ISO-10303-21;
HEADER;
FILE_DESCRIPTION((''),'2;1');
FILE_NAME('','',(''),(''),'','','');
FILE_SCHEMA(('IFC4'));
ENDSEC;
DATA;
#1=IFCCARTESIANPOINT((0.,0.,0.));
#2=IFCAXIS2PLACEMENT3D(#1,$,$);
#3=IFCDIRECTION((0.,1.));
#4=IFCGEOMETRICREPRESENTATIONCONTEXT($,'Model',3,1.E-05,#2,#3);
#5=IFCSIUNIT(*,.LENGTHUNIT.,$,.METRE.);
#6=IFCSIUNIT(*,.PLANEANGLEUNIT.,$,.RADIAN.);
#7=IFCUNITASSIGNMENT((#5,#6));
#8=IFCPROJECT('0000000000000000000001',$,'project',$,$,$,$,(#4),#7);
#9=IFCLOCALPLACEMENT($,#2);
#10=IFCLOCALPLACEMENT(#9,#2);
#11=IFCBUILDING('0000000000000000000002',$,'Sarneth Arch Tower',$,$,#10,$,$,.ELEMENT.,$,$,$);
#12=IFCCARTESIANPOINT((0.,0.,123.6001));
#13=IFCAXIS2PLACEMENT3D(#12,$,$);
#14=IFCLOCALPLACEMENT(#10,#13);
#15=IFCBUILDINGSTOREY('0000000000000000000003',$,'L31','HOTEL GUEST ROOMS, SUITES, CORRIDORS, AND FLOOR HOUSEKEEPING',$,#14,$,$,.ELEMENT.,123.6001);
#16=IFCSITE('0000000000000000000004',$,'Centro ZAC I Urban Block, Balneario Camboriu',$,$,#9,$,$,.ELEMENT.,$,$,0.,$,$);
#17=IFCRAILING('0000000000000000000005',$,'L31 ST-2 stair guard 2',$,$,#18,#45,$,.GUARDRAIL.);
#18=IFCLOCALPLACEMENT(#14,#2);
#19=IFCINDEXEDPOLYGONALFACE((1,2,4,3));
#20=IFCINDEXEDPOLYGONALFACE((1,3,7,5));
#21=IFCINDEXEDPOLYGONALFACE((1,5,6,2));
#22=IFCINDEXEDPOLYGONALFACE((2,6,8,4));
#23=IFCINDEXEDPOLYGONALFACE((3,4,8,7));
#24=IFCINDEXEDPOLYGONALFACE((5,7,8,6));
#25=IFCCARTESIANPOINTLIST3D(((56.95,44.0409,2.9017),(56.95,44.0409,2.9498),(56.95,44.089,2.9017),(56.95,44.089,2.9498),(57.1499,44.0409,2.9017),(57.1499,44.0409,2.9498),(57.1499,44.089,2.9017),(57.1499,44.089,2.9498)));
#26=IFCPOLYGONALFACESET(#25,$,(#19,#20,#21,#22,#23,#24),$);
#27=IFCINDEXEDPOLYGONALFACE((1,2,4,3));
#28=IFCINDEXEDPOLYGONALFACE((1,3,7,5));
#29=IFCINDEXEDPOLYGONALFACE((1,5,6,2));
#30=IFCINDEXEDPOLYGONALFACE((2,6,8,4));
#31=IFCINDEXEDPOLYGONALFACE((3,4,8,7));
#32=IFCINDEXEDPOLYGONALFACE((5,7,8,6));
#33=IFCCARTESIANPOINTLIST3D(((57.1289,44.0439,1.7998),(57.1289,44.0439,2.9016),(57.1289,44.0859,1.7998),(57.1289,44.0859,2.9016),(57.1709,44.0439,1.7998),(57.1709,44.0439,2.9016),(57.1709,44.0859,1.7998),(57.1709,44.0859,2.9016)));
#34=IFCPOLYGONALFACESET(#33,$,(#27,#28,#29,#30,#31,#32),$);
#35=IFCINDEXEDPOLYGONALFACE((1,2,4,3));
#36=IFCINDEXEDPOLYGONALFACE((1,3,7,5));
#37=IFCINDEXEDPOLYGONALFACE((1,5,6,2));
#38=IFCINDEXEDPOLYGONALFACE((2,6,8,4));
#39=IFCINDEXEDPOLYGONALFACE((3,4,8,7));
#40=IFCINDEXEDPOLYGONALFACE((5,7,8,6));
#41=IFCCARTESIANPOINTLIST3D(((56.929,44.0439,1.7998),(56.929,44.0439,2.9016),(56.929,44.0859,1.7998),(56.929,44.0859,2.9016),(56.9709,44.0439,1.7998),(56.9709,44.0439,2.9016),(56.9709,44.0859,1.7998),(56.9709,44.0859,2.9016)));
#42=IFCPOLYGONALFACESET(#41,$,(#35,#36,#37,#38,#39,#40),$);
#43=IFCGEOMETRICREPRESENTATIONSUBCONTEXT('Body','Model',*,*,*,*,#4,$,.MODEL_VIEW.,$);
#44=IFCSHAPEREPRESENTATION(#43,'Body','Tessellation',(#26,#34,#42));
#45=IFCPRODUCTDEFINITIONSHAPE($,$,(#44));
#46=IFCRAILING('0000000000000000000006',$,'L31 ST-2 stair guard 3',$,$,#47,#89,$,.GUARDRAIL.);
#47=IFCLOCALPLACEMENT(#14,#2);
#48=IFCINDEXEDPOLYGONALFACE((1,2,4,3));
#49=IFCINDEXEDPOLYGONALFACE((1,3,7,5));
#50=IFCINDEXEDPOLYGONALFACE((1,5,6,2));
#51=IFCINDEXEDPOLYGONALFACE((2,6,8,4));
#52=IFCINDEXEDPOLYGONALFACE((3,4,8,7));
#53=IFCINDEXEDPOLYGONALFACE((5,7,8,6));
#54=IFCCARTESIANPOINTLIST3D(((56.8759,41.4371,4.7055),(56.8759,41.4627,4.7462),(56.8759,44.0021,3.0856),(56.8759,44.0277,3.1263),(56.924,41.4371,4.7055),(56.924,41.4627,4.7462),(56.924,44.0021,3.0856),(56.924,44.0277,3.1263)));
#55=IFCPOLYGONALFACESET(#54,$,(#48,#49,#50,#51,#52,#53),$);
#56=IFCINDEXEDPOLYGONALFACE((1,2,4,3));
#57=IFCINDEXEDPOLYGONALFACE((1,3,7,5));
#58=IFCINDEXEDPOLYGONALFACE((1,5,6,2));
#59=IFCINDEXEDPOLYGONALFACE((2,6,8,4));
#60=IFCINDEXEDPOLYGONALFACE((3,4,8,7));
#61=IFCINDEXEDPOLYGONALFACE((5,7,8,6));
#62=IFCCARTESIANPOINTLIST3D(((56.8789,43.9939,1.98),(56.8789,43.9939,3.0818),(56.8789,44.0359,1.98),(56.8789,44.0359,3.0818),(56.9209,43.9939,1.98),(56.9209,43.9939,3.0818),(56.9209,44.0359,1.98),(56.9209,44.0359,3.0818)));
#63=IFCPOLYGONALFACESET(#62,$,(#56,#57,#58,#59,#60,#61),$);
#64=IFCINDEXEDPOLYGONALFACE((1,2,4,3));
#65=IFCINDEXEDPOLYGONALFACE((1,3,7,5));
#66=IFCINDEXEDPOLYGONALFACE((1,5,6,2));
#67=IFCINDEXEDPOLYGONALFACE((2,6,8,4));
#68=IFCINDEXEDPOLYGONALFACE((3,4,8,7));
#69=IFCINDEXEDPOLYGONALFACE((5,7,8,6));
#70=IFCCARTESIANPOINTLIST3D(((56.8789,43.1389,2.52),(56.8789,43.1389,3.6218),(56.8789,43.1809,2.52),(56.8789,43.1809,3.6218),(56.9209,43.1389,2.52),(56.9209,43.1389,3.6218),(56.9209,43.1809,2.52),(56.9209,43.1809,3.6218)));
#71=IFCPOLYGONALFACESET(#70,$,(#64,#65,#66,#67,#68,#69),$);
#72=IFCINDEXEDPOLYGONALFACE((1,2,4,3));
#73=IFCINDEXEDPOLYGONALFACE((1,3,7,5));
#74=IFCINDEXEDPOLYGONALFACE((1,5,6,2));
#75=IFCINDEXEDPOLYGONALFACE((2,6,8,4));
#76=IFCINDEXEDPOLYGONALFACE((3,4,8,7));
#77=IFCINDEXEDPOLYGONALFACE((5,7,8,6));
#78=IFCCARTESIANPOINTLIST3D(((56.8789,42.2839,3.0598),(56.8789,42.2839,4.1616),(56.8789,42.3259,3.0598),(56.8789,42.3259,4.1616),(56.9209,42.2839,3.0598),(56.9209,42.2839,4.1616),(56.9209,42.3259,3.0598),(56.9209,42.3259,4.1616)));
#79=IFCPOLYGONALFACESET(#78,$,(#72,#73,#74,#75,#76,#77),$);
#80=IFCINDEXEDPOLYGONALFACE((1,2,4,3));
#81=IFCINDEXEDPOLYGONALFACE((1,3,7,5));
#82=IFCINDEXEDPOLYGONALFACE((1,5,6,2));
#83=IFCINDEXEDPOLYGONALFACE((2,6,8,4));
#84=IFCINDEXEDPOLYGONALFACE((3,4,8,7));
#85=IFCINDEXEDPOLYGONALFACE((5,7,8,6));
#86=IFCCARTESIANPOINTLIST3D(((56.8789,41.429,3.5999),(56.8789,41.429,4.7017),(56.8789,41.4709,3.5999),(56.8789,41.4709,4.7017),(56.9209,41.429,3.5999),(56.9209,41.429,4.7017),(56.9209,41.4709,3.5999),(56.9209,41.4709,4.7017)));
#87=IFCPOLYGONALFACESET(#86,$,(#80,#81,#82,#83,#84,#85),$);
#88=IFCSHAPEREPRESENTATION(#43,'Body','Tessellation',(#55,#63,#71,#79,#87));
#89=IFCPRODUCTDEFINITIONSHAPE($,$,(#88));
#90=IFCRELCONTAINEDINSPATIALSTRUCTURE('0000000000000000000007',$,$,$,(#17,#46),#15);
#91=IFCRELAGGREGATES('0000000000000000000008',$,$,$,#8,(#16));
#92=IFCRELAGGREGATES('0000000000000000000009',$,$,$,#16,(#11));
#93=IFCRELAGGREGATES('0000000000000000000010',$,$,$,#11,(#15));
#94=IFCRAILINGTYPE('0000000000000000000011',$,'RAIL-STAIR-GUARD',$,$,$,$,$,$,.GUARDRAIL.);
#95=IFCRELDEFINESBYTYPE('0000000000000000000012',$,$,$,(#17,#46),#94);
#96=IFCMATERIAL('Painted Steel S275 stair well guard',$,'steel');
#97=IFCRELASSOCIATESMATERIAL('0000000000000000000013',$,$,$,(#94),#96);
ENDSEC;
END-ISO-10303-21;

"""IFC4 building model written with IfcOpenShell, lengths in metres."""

from ifc_helpers import new_model, si_unit, direction, frame, origin, origin_2d, place, context, subcontext, project, spatial, rectangle, extrude, material, type_object, element, save


model = new_model("IFC4")

# Units and contexts
model_context = context("Model", 3, precision=1e-05, world=origin(), true_north=direction((0.0, 1.0)))
body_context = subcontext(model_context, "Body", "Model", "MODEL_VIEW")
ifc_project = project(units=[si_unit("LENGTHUNIT", "METRE"), si_unit("PLANEANGLEUNIT", "RADIAN")], contexts=[model_context])

# Site, building, storey
site_placement = place(None, origin())
site = spatial("IfcSite", under=ifc_project, at=site_placement, Name="Centro ZAC I Urban Block, Balneario Camboriu", CompositionType="ELEMENT", RefElevation=0.0)
building_placement = place(site_placement, origin())
building = spatial("IfcBuilding", under=site, at=building_placement, Name="Sarneth Arch Tower", CompositionType="ELEMENT")
storey_placement = place(building_placement, frame((0.0, 0.0, 123.6001)))
storey = spatial("IfcBuildingStorey", under=building, at=storey_placement, Name="L31", Description="HOTEL GUEST ROOMS, SUITES, CORRIDORS, AND FLOOR HOUSEKEEPING", CompositionType="ELEMENT", Elevation=123.6001)

# Railings
ifc_material_1 = material(Name="Painted Steel S275 stair well guard", Category="steel")
railing_type_1 = type_object("IfcRailingType", Name="RAIL-STAIR-GUARD", PredefinedType="GUARDRAIL", material=ifc_material_1)
railing_1_placement = place(storey_placement, frame((57.1499, 44.0649, 1.7998)))
element("IfcRailing", 1, at=railing_1_placement, inside=storey, type_object=railing_type_1, Name="L31 ST-2 stair guard 2", PredefinedType="GUARDRAIL", context=body_context, shape_type="SweptSolid", body=[
    extrude(rectangle(XDim=0.0481, YDim=0.0481, at=origin_2d()), frame((0.0, 0.0, 1.126), z_axis=(-1.0, 0.0, 0.0), x_axis=(0.0, -1.0, 0.0)), (0.0, 0.0, 1.0), 0.2),
    extrude(rectangle(XDim=0.042, YDim=0.042, at=origin_2d()), origin(), (0.0, 0.0, 1.0), 1.1018),
    extrude(rectangle(XDim=0.042, YDim=0.042, at=origin_2d()), frame((-0.2, 0.0, 0.0)), (0.0, 0.0, 1.0), 1.1018),
])
railing_2_placement = place(storey_placement, frame((56.8999, 44.0149, 1.98)))
element("IfcRailing", 2, at=railing_2_placement, inside=storey, type_object=railing_type_1, Name="L31 ST-2 stair guard 3", PredefinedType="GUARDRAIL", context=body_context, shape_type="SweptSolid", body=[
    extrude(rectangle(XDim=0.0481, YDim=0.0481, at=origin_2d()), frame((0.0, 0.0, 1.126), z_axis=(0.0, -0.845502, 0.533972), x_axis=(1.0, 0.0, 0.0)), (0.0, 0.0, 1.0), 3.0337),
    extrude(rectangle(XDim=0.042, YDim=0.042, at=origin_2d()), origin(), (0.0, 0.0, 1.0), 1.1018),
    extrude(rectangle(XDim=0.042, YDim=0.042, at=origin_2d()), frame((0.0, -0.855, 0.54)), (0.0, 0.0, 1.0), 1.1018),
    extrude(rectangle(XDim=0.042, YDim=0.042, at=origin_2d()), frame((0.0, -1.71, 1.0798)), (0.0, 0.0, 1.0), 1.1018),
    extrude(rectangle(XDim=0.042, YDim=0.042, at=origin_2d()), frame((0.0, -2.5649, 1.6199)), (0.0, 0.0, 1.0), 1.1018),
])

save(model, "model.ifc")
